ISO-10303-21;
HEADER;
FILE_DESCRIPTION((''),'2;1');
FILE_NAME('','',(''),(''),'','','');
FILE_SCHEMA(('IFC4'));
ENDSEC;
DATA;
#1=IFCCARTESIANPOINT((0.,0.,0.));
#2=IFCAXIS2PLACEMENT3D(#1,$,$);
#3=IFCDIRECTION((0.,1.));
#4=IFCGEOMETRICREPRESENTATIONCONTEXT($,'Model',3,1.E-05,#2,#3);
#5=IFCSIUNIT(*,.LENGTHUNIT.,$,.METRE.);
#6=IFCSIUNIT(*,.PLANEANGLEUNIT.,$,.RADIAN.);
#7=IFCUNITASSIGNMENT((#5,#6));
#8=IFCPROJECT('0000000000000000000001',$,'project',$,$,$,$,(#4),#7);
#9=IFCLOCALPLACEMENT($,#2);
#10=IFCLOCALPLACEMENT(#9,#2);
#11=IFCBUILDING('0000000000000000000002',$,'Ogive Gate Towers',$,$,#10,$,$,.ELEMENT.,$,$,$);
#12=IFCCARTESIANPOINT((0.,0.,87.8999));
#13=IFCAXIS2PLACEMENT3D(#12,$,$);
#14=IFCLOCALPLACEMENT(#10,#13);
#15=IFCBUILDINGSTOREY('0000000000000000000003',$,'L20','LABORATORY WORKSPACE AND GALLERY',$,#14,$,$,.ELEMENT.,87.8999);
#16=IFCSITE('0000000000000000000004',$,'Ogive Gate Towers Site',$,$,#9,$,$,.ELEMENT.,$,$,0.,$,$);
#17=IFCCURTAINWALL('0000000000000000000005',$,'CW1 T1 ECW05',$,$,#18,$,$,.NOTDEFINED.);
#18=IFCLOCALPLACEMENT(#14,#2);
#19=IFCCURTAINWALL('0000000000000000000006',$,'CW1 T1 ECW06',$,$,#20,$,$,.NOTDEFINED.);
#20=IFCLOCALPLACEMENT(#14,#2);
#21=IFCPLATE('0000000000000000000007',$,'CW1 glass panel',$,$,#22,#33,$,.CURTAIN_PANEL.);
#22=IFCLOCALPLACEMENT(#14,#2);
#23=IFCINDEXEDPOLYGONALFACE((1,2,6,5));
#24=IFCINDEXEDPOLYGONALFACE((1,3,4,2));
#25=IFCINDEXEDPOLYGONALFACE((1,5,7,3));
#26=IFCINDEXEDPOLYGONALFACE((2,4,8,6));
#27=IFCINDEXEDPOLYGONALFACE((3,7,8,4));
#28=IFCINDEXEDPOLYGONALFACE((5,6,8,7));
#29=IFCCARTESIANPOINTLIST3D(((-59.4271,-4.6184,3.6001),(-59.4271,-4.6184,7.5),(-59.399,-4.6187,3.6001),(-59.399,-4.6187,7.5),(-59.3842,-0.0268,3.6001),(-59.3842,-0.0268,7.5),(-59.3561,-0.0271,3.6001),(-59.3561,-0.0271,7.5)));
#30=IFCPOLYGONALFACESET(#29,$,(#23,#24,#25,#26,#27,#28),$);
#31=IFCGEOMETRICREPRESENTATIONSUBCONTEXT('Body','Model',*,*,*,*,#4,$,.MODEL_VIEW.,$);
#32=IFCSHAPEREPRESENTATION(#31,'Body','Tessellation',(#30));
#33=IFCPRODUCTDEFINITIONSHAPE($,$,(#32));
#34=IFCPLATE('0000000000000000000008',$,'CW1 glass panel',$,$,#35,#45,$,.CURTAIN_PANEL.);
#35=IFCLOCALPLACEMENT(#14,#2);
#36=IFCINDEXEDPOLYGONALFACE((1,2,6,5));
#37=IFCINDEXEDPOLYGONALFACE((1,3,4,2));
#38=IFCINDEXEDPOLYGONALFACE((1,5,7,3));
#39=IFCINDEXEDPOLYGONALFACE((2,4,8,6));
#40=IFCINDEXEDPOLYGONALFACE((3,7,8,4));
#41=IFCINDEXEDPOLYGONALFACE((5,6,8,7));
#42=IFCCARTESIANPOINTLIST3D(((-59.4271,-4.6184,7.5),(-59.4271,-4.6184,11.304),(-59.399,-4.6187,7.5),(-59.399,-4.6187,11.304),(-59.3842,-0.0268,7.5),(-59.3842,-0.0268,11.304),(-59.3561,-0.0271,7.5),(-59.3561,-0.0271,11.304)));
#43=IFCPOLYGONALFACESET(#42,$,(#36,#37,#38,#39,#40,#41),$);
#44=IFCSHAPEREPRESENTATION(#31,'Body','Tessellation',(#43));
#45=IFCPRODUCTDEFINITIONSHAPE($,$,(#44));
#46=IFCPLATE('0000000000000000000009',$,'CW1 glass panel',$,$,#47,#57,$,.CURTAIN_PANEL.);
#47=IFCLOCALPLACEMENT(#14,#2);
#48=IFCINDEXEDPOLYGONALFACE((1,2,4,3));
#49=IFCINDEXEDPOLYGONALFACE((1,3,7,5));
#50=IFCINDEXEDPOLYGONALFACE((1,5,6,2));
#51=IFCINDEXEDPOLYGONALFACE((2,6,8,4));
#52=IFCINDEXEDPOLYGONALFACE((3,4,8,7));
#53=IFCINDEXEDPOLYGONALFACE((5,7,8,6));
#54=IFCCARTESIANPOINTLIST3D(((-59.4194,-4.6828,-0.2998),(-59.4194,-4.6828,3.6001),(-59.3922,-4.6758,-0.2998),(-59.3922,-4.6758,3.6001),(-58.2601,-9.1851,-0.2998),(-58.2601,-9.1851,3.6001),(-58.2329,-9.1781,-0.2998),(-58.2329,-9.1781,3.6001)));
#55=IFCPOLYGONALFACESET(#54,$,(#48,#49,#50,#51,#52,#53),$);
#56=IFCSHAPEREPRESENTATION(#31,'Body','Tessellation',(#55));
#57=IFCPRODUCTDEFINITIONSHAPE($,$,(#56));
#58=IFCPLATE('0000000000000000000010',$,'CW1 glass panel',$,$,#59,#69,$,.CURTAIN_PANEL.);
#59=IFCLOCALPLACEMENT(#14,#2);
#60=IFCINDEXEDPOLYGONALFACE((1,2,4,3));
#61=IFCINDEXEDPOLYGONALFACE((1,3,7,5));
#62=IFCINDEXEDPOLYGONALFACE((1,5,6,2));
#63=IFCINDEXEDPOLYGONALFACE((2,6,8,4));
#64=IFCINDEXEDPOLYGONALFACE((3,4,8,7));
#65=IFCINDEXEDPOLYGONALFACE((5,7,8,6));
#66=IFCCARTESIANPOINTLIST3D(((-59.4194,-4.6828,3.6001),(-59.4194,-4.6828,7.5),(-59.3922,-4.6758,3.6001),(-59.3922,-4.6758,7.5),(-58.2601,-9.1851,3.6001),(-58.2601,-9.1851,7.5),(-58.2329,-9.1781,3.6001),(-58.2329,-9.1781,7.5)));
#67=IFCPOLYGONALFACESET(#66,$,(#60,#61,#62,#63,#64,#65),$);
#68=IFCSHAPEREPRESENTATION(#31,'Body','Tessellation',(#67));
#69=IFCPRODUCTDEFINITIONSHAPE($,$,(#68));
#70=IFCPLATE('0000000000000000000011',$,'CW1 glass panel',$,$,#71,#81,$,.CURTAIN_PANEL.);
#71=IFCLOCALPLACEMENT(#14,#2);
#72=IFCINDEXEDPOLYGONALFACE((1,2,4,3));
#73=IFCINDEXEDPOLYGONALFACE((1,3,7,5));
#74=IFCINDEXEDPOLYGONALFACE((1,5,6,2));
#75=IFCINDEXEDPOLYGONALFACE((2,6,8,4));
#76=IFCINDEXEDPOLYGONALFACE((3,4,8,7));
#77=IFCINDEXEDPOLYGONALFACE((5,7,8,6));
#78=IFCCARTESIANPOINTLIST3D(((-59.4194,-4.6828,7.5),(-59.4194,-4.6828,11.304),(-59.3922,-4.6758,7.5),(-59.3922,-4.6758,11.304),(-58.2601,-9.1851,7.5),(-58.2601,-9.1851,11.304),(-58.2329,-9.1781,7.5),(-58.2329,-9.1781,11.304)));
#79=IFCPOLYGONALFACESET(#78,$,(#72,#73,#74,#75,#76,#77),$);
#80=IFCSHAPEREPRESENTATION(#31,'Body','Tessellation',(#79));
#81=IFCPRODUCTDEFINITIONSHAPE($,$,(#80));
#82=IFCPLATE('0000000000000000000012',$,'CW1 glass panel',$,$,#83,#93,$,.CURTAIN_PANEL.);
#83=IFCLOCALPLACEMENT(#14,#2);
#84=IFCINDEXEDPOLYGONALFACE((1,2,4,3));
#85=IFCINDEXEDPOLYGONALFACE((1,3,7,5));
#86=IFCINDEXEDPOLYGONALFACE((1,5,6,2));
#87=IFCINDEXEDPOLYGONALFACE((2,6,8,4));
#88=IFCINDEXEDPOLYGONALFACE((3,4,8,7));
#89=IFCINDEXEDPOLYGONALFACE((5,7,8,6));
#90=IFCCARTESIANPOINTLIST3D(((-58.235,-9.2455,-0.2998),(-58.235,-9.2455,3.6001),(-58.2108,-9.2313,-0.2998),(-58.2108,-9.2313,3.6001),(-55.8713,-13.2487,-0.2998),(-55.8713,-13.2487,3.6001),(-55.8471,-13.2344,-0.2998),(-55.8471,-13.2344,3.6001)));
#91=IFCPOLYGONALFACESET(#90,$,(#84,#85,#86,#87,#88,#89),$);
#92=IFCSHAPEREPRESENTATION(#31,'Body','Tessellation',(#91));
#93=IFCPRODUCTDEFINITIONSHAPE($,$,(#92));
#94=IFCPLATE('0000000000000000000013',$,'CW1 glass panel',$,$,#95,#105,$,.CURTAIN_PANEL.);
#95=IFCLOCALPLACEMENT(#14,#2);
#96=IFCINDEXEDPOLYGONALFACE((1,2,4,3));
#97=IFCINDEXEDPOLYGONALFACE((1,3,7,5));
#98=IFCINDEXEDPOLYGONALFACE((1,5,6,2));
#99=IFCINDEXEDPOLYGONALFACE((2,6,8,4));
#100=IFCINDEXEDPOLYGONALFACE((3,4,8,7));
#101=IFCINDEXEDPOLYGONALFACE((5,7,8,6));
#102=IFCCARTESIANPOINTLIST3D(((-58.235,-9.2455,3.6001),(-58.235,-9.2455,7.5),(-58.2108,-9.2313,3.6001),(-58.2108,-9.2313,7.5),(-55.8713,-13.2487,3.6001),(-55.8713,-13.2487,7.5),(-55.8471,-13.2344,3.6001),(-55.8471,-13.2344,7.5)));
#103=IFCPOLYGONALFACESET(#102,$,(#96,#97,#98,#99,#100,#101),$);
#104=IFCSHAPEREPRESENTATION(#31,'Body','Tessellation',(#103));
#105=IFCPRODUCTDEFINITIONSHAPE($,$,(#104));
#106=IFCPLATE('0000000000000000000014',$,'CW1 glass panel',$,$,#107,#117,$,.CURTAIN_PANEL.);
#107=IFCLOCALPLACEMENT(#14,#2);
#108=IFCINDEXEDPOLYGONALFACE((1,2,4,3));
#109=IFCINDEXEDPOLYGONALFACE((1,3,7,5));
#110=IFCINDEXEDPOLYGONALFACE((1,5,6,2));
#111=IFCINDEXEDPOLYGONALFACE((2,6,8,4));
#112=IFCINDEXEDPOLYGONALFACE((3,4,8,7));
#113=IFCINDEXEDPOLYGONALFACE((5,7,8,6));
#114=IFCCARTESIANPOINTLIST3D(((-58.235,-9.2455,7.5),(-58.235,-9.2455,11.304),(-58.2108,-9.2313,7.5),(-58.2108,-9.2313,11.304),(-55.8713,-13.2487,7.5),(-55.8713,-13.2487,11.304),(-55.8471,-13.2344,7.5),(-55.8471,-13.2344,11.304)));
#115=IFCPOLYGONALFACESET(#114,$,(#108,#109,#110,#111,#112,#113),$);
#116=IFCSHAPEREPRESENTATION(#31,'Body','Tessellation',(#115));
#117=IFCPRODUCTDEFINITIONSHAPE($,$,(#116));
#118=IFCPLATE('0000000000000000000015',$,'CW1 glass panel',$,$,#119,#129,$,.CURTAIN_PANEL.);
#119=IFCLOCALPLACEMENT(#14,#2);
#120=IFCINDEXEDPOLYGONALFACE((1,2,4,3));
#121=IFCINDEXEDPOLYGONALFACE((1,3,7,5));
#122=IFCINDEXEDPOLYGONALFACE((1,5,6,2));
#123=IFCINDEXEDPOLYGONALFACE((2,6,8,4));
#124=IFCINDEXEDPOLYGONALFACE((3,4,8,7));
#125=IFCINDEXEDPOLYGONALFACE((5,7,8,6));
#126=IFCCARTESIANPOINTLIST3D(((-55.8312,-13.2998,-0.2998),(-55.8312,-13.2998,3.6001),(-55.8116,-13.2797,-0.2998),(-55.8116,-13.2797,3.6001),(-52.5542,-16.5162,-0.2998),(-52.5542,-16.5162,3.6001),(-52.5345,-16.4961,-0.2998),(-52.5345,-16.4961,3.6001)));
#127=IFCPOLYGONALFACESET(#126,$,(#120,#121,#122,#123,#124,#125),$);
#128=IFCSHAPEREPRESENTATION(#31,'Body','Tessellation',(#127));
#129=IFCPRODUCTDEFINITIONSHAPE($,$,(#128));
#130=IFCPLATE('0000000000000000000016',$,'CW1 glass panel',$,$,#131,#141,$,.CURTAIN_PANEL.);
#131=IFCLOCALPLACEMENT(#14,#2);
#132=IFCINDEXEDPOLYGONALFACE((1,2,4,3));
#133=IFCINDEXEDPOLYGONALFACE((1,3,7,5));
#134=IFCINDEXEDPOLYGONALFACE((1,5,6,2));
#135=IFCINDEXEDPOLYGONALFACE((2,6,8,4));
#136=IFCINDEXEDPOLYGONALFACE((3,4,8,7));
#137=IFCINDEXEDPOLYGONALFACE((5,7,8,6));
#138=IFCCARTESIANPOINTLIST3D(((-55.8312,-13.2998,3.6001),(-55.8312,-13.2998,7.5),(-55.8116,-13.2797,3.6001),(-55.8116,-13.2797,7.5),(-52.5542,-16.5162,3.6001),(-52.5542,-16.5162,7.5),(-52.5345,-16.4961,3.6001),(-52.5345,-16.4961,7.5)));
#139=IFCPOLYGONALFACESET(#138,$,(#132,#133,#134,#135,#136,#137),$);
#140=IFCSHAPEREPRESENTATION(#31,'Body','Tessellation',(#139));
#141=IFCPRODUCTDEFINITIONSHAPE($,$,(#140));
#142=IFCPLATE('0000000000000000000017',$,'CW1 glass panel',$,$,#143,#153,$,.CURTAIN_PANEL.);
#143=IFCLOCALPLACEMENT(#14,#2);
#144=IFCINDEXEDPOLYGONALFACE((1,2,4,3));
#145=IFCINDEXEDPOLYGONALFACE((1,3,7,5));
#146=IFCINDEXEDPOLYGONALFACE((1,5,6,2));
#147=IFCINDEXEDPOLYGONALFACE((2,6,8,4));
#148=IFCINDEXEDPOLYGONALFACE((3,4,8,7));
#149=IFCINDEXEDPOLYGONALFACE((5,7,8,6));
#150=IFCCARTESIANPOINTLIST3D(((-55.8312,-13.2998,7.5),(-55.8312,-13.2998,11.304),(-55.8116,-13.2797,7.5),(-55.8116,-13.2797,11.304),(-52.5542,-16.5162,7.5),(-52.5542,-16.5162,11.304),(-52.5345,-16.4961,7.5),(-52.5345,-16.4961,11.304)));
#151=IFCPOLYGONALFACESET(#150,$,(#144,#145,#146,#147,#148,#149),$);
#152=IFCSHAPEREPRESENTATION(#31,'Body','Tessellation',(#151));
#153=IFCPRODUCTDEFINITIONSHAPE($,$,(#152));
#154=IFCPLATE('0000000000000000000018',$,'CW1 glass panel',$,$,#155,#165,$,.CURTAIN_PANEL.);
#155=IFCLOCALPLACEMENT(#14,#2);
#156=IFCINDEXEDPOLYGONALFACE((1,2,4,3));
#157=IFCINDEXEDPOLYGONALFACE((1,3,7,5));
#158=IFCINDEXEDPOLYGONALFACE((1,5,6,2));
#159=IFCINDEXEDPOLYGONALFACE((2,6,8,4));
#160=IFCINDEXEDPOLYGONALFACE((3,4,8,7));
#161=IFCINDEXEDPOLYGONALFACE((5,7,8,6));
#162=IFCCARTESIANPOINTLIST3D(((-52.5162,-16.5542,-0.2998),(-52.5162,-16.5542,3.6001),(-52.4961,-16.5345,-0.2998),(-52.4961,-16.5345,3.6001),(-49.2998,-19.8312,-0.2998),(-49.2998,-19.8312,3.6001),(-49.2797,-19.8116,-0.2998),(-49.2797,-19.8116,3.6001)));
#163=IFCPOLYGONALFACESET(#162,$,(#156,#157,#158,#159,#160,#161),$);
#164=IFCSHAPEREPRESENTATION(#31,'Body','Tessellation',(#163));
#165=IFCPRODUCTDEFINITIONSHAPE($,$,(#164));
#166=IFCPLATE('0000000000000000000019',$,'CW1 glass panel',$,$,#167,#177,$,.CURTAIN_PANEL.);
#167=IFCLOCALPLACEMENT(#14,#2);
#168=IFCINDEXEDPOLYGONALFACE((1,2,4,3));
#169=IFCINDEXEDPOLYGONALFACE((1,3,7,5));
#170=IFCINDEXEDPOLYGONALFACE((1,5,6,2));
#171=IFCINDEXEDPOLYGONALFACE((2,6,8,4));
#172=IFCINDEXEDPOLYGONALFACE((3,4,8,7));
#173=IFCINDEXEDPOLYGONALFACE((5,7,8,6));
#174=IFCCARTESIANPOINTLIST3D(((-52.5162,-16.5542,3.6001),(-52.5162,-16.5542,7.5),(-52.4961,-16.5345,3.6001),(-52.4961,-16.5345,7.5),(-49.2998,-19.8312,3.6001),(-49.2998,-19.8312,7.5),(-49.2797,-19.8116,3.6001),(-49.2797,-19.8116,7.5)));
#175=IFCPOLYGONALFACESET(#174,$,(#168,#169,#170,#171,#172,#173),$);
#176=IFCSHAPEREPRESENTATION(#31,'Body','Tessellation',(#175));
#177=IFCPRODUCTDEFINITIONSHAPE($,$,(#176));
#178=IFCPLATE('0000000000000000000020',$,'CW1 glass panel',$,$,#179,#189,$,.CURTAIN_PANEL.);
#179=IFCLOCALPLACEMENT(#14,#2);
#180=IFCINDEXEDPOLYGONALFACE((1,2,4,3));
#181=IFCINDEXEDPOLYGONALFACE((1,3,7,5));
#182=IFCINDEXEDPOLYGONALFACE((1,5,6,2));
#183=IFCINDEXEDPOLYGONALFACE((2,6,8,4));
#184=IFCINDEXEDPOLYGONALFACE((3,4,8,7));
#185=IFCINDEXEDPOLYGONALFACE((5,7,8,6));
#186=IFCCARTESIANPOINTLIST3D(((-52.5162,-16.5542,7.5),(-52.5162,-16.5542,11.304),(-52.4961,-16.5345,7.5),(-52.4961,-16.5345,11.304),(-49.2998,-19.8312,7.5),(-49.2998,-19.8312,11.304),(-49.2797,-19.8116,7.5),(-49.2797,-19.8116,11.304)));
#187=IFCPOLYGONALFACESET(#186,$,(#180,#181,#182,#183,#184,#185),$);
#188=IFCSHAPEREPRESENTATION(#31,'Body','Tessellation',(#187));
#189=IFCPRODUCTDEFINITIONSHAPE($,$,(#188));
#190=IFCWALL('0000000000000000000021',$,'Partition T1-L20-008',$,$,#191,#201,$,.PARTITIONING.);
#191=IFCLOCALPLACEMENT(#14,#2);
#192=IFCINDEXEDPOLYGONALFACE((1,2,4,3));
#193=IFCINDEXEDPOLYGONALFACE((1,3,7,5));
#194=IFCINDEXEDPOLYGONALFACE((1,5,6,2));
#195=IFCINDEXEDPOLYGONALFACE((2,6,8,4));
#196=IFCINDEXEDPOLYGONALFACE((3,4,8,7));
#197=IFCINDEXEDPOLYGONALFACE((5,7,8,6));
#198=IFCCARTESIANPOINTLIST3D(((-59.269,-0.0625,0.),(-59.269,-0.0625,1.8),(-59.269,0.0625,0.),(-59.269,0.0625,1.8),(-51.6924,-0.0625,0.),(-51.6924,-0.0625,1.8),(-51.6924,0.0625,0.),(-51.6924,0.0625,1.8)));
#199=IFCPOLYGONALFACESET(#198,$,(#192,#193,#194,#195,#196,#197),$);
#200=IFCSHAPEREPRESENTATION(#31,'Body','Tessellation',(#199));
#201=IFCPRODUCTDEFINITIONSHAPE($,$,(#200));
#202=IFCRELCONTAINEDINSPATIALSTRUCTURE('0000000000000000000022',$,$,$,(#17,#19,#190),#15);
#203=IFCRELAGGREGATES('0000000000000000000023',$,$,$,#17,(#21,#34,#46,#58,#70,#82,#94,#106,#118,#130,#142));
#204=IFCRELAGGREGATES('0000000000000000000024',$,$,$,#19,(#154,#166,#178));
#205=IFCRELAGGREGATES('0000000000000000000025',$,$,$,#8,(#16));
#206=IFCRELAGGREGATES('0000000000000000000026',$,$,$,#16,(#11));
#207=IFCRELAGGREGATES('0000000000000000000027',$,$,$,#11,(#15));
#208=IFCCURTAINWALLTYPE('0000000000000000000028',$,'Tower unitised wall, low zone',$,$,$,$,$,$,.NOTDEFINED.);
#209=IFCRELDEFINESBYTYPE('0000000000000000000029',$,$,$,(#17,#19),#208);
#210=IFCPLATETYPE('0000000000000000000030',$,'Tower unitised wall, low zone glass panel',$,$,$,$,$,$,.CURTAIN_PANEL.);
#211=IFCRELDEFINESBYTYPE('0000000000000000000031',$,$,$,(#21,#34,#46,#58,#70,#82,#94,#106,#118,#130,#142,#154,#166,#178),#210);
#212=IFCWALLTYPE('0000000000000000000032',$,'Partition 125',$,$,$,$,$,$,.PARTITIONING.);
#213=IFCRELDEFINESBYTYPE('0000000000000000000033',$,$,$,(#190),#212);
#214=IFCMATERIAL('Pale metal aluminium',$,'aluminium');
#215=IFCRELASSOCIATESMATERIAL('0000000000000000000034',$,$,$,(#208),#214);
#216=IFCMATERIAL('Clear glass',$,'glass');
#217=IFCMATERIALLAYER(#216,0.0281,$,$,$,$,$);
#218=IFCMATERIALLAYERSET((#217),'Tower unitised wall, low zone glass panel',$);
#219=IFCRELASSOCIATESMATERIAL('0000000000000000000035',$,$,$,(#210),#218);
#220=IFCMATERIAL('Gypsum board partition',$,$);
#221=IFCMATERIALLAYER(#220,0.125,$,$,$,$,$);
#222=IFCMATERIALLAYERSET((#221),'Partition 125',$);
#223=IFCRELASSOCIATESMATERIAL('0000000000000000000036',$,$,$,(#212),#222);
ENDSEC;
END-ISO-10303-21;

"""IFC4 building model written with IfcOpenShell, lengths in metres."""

from ifc_helpers import new_model, si_unit, direction, frame, frame_2d, origin, origin_2d, place, context, subcontext, project, spatial, rectangle, extrude, material, layer, layer_set, type_object, element, aggregate, save


model = new_model("IFC4")

# Units and contexts
model_context = context("Model", 3, precision=1e-05, world=origin(), true_north=direction((0.0, 1.0)))
body_context = subcontext(model_context, "Body", "Model", "MODEL_VIEW")
ifc_project = project(units=[si_unit("LENGTHUNIT", "METRE"), si_unit("PLANEANGLEUNIT", "RADIAN")], contexts=[model_context])

# Site, building, storey
site_placement = place(None, origin())
site = spatial("IfcSite", under=ifc_project, at=site_placement, Name="Ogive Gate Towers Site", CompositionType="ELEMENT", RefElevation=0.0)
building_placement = place(site_placement, origin())
building = spatial("IfcBuilding", under=site, at=building_placement, Name="Ogive Gate Towers", CompositionType="ELEMENT")
storey_placement = place(building_placement, frame((0.0, 0.0, 87.8999)))
storey = spatial("IfcBuildingStorey", under=building, at=storey_placement, Name="L20", Description="LABORATORY WORKSPACE AND GALLERY", CompositionType="ELEMENT", Elevation=87.8999)

# Curtain wall
ifc_material_1 = material(Name="Pale metal aluminium", Category="aluminium")
curtain_wall_type = type_object("IfcCurtainWallType", Name="Tower unitised wall, low zone", PredefinedType="NOTDEFINED", material=ifc_material_1)
curtain_wall_1_placement = place(storey_placement, origin())
curtain_wall_1 = element("IfcCurtainWall", 1, at=curtain_wall_1_placement, inside=storey, type_object=curtain_wall_type, Name="CW1 T1 ECW05", PredefinedType="NOTDEFINED")

# Curtain wall
curtain_wall_2_placement = place(storey_placement, origin())
curtain_wall_2 = element("IfcCurtainWall", 2, at=curtain_wall_2_placement, inside=storey, type_object=curtain_wall_type, Name="CW1 T1 ECW06", PredefinedType="NOTDEFINED")

# Plates
ifc_material_2 = material(Name="Clear glass", Category="glass")
ifc_layer_1 = layer(ifc_material_2, 0.0281)
ifc_layer_set_1 = layer_set([ifc_layer_1], Name="Tower unitised wall, low zone glass panel")
plate_type = type_object("IfcPlateType", Name="Tower unitised wall, low zone glass panel", PredefinedType="CURTAIN_PANEL", material=ifc_layer_set_1)
plate_1_placement = place(storey_placement, frame((-59.3916, -2.3228, 3.6001), z_axis=(0.0, 0.0, 1.0), x_axis=(-0.009337, -0.999956, 0.0)))
plate_1 = element("IfcPlate", 3, at=plate_1_placement, type_object=plate_type, Name="CW1 glass panel", PredefinedType="CURTAIN_PANEL", context=body_context, shape_type="SweptSolid", body=[
    extrude(rectangle(XDim=4.5918, YDim=0.0281, at=origin_2d()), origin(), (0.0, 0.0, 1.0), 3.8999),
])
plate_2_placement = place(storey_placement, frame((-59.3916, -2.3228, 7.5), z_axis=(0.0, 0.0, 1.0), x_axis=(-0.009337, -0.999956, 0.0)))
plate_2 = element("IfcPlate", 4, at=plate_2_placement, type_object=plate_type, Name="CW1 glass panel", PredefinedType="CURTAIN_PANEL", context=body_context, shape_type="SweptSolid", body=[
    extrude(rectangle(XDim=4.5918, YDim=0.0281, at=origin_2d()), origin(), (0.0, 0.0, 1.0), 3.804),
])
plate_3_placement = place(storey_placement, frame((-58.8262, -6.9304, -0.2998), z_axis=(0.0, 0.0, 1.0), x_axis=(0.249349, -0.968414, 0.0)))
plate_3 = element("IfcPlate", 5, at=plate_3_placement, type_object=plate_type, Name="CW1 glass panel", PredefinedType="CURTAIN_PANEL", context=body_context, shape_type="SweptSolid", body=[
    extrude(rectangle(XDim=4.6492, YDim=0.0281, at=origin_2d()), origin(), (0.0, 0.0, 1.0), 3.8999),
])
plate_4_placement = place(storey_placement, frame((-58.8262, -6.9304, 3.6001), z_axis=(0.0, 0.0, 1.0), x_axis=(0.249349, -0.968414, 0.0)))
plate_4 = element("IfcPlate", 6, at=plate_4_placement, type_object=plate_type, Name="CW1 glass panel", PredefinedType="CURTAIN_PANEL", context=body_context, shape_type="SweptSolid", body=[
    extrude(rectangle(XDim=4.6492, YDim=0.0281, at=origin_2d()), origin(), (0.0, 0.0, 1.0), 3.8999),
])
plate_5_placement = place(storey_placement, frame((-58.8262, -6.9304, 7.5), z_axis=(0.0, 0.0, 1.0), x_axis=(0.249349, -0.968414, 0.0)))
plate_5 = element("IfcPlate", 7, at=plate_5_placement, type_object=plate_type, Name="CW1 glass panel", PredefinedType="CURTAIN_PANEL", context=body_context, shape_type="SweptSolid", body=[
    extrude(rectangle(XDim=4.6492, YDim=0.0281, at=origin_2d()), origin(), (0.0, 0.0, 1.0), 3.804),
])
plate_6_placement = place(storey_placement, frame((-57.041, -11.24, -0.2998), z_axis=(0.0, 0.0, 1.0), x_axis=(0.50844, -0.861097, 0.0)))
plate_6 = element("IfcPlate", 8, at=plate_6_placement, type_object=plate_type, Name="CW1 glass panel", PredefinedType="CURTAIN_PANEL", context=body_context, shape_type="SweptSolid", body=[
    extrude(rectangle(XDim=4.6489, YDim=0.0281, at=origin_2d()), origin(), (0.0, 0.0, 1.0), 3.8999),
])
plate_7_placement = place(storey_placement, frame((-57.041, -11.24, 3.6001), z_axis=(0.0, 0.0, 1.0), x_axis=(0.50844, -0.861097, 0.0)))
plate_7 = element("IfcPlate", 9, at=plate_7_placement, type_object=plate_type, Name="CW1 glass panel", PredefinedType="CURTAIN_PANEL", context=body_context, shape_type="SweptSolid", body=[
    extrude(rectangle(XDim=4.6489, YDim=0.0281, at=origin_2d()), origin(), (0.0, 0.0, 1.0), 3.8999),
])
plate_8_placement = place(storey_placement, frame((-57.041, -11.24, 7.5), z_axis=(0.0, 0.0, 1.0), x_axis=(0.50844, -0.861097, 0.0)))
plate_8 = element("IfcPlate", 10, at=plate_8_placement, type_object=plate_type, Name="CW1 glass panel", PredefinedType="CURTAIN_PANEL", context=body_context, shape_type="SweptSolid", body=[
    extrude(rectangle(XDim=4.6489, YDim=0.0281, at=origin_2d()), origin(), (0.0, 0.0, 1.0), 3.804),
])
plate_9_placement = place(storey_placement, frame((-54.1829, -14.8979, -0.2998), z_axis=(0.0, 0.0, 1.0), x_axis=(0.713678, -0.700473, 0.0)))
plate_9 = element("IfcPlate", 11, at=plate_9_placement, type_object=plate_type, Name="CW1 glass panel", PredefinedType="CURTAIN_PANEL", context=body_context, shape_type="SweptSolid", body=[
    extrude(rectangle(XDim=4.5918, YDim=0.0281, at=origin_2d()), origin(), (0.0, 0.0, 1.0), 3.8999),
])
plate_10_placement = place(storey_placement, frame((-54.1829, -14.8979, 3.6001), z_axis=(0.0, 0.0, 1.0), x_axis=(0.713678, -0.700473, 0.0)))
plate_10 = element("IfcPlate", 12, at=plate_10_placement, type_object=plate_type, Name="CW1 glass panel", PredefinedType="CURTAIN_PANEL", context=body_context, shape_type="SweptSolid", body=[
    extrude(rectangle(XDim=4.5918, YDim=0.0281, at=origin_2d()), origin(), (0.0, 0.0, 1.0), 3.8999),
])
plate_11_placement = place(storey_placement, frame((-54.1829, -14.8979, 7.5), z_axis=(0.0, 0.0, 1.0), x_axis=(0.713678, -0.700473, 0.0)))
plate_11 = element("IfcPlate", 13, at=plate_11_placement, type_object=plate_type, Name="CW1 glass panel", PredefinedType="CURTAIN_PANEL", context=body_context, shape_type="SweptSolid", body=[
    extrude(rectangle(XDim=4.5918, YDim=0.0281, at=origin_2d()), origin(), (0.0, 0.0, 1.0), 3.804),
])
aggregate(curtain_wall_1, [plate_1, plate_2, plate_3, plate_4, plate_5, plate_6, plate_7, plate_8, plate_9, plate_10, plate_11])
plate_12_placement = place(storey_placement, frame((-50.8979, -18.1829, -0.2998), z_axis=(0.0, 0.0, 1.0), x_axis=(0.700473, -0.713678, 0.0)))
plate_12 = element("IfcPlate", 14, at=plate_12_placement, type_object=plate_type, Name="CW1 glass panel", PredefinedType="CURTAIN_PANEL", context=body_context, shape_type="SweptSolid", body=[
    extrude(rectangle(XDim=4.5918, YDim=0.0281, at=origin_2d()), origin(), (0.0, 0.0, 1.0), 3.8999),
])
plate_13_placement = place(storey_placement, frame((-50.8979, -18.1829, 3.6001), z_axis=(0.0, 0.0, 1.0), x_axis=(0.700473, -0.713678, 0.0)))
plate_13 = element("IfcPlate", 15, at=plate_13_placement, type_object=plate_type, Name="CW1 glass panel", PredefinedType="CURTAIN_PANEL", context=body_context, shape_type="SweptSolid", body=[
    extrude(rectangle(XDim=4.5918, YDim=0.0281, at=origin_2d()), origin(), (0.0, 0.0, 1.0), 3.8999),
])
plate_14_placement = place(storey_placement, frame((-50.8979, -18.1829, 7.5), z_axis=(0.0, 0.0, 1.0), x_axis=(0.700473, -0.713678, 0.0)))
plate_14 = element("IfcPlate", 16, at=plate_14_placement, type_object=plate_type, Name="CW1 glass panel", PredefinedType="CURTAIN_PANEL", context=body_context, shape_type="SweptSolid", body=[
    extrude(rectangle(XDim=4.5918, YDim=0.0281, at=origin_2d()), origin(), (0.0, 0.0, 1.0), 3.804),
])
aggregate(curtain_wall_2, [plate_12, plate_13, plate_14])

# Wall
ifc_material_3 = material(Name="Gypsum board partition")
ifc_layer_2 = layer(ifc_material_3, 0.125)
ifc_layer_set_2 = layer_set([ifc_layer_2], Name="Partition 125")
wall_type = type_object("IfcWallType", Name="Partition 125", PredefinedType="PARTITIONING", material=ifc_layer_set_2)
for number, where, z_axis, x_axis, name in (
    (17, (-59.269, 0.0, 0.0), (0.0, 0.0, 1.0), (1.0, 0.0, 0.0), "Partition T1-L20-008"),
):
    element("IfcWall", number, at=place(storey_placement, frame(where, z_axis=z_axis, x_axis=x_axis)), inside=storey, type_object=wall_type, Name=name, PredefinedType="PARTITIONING", context=body_context, shape_type="SweptSolid", body=[
        extrude(rectangle(XDim=7.5767, YDim=0.125, at=frame_2d((3.7883, 0.0))), origin(), (0.0, 0.0, 1.0), 1.8),
    ])

save(model, "model.ifc")
